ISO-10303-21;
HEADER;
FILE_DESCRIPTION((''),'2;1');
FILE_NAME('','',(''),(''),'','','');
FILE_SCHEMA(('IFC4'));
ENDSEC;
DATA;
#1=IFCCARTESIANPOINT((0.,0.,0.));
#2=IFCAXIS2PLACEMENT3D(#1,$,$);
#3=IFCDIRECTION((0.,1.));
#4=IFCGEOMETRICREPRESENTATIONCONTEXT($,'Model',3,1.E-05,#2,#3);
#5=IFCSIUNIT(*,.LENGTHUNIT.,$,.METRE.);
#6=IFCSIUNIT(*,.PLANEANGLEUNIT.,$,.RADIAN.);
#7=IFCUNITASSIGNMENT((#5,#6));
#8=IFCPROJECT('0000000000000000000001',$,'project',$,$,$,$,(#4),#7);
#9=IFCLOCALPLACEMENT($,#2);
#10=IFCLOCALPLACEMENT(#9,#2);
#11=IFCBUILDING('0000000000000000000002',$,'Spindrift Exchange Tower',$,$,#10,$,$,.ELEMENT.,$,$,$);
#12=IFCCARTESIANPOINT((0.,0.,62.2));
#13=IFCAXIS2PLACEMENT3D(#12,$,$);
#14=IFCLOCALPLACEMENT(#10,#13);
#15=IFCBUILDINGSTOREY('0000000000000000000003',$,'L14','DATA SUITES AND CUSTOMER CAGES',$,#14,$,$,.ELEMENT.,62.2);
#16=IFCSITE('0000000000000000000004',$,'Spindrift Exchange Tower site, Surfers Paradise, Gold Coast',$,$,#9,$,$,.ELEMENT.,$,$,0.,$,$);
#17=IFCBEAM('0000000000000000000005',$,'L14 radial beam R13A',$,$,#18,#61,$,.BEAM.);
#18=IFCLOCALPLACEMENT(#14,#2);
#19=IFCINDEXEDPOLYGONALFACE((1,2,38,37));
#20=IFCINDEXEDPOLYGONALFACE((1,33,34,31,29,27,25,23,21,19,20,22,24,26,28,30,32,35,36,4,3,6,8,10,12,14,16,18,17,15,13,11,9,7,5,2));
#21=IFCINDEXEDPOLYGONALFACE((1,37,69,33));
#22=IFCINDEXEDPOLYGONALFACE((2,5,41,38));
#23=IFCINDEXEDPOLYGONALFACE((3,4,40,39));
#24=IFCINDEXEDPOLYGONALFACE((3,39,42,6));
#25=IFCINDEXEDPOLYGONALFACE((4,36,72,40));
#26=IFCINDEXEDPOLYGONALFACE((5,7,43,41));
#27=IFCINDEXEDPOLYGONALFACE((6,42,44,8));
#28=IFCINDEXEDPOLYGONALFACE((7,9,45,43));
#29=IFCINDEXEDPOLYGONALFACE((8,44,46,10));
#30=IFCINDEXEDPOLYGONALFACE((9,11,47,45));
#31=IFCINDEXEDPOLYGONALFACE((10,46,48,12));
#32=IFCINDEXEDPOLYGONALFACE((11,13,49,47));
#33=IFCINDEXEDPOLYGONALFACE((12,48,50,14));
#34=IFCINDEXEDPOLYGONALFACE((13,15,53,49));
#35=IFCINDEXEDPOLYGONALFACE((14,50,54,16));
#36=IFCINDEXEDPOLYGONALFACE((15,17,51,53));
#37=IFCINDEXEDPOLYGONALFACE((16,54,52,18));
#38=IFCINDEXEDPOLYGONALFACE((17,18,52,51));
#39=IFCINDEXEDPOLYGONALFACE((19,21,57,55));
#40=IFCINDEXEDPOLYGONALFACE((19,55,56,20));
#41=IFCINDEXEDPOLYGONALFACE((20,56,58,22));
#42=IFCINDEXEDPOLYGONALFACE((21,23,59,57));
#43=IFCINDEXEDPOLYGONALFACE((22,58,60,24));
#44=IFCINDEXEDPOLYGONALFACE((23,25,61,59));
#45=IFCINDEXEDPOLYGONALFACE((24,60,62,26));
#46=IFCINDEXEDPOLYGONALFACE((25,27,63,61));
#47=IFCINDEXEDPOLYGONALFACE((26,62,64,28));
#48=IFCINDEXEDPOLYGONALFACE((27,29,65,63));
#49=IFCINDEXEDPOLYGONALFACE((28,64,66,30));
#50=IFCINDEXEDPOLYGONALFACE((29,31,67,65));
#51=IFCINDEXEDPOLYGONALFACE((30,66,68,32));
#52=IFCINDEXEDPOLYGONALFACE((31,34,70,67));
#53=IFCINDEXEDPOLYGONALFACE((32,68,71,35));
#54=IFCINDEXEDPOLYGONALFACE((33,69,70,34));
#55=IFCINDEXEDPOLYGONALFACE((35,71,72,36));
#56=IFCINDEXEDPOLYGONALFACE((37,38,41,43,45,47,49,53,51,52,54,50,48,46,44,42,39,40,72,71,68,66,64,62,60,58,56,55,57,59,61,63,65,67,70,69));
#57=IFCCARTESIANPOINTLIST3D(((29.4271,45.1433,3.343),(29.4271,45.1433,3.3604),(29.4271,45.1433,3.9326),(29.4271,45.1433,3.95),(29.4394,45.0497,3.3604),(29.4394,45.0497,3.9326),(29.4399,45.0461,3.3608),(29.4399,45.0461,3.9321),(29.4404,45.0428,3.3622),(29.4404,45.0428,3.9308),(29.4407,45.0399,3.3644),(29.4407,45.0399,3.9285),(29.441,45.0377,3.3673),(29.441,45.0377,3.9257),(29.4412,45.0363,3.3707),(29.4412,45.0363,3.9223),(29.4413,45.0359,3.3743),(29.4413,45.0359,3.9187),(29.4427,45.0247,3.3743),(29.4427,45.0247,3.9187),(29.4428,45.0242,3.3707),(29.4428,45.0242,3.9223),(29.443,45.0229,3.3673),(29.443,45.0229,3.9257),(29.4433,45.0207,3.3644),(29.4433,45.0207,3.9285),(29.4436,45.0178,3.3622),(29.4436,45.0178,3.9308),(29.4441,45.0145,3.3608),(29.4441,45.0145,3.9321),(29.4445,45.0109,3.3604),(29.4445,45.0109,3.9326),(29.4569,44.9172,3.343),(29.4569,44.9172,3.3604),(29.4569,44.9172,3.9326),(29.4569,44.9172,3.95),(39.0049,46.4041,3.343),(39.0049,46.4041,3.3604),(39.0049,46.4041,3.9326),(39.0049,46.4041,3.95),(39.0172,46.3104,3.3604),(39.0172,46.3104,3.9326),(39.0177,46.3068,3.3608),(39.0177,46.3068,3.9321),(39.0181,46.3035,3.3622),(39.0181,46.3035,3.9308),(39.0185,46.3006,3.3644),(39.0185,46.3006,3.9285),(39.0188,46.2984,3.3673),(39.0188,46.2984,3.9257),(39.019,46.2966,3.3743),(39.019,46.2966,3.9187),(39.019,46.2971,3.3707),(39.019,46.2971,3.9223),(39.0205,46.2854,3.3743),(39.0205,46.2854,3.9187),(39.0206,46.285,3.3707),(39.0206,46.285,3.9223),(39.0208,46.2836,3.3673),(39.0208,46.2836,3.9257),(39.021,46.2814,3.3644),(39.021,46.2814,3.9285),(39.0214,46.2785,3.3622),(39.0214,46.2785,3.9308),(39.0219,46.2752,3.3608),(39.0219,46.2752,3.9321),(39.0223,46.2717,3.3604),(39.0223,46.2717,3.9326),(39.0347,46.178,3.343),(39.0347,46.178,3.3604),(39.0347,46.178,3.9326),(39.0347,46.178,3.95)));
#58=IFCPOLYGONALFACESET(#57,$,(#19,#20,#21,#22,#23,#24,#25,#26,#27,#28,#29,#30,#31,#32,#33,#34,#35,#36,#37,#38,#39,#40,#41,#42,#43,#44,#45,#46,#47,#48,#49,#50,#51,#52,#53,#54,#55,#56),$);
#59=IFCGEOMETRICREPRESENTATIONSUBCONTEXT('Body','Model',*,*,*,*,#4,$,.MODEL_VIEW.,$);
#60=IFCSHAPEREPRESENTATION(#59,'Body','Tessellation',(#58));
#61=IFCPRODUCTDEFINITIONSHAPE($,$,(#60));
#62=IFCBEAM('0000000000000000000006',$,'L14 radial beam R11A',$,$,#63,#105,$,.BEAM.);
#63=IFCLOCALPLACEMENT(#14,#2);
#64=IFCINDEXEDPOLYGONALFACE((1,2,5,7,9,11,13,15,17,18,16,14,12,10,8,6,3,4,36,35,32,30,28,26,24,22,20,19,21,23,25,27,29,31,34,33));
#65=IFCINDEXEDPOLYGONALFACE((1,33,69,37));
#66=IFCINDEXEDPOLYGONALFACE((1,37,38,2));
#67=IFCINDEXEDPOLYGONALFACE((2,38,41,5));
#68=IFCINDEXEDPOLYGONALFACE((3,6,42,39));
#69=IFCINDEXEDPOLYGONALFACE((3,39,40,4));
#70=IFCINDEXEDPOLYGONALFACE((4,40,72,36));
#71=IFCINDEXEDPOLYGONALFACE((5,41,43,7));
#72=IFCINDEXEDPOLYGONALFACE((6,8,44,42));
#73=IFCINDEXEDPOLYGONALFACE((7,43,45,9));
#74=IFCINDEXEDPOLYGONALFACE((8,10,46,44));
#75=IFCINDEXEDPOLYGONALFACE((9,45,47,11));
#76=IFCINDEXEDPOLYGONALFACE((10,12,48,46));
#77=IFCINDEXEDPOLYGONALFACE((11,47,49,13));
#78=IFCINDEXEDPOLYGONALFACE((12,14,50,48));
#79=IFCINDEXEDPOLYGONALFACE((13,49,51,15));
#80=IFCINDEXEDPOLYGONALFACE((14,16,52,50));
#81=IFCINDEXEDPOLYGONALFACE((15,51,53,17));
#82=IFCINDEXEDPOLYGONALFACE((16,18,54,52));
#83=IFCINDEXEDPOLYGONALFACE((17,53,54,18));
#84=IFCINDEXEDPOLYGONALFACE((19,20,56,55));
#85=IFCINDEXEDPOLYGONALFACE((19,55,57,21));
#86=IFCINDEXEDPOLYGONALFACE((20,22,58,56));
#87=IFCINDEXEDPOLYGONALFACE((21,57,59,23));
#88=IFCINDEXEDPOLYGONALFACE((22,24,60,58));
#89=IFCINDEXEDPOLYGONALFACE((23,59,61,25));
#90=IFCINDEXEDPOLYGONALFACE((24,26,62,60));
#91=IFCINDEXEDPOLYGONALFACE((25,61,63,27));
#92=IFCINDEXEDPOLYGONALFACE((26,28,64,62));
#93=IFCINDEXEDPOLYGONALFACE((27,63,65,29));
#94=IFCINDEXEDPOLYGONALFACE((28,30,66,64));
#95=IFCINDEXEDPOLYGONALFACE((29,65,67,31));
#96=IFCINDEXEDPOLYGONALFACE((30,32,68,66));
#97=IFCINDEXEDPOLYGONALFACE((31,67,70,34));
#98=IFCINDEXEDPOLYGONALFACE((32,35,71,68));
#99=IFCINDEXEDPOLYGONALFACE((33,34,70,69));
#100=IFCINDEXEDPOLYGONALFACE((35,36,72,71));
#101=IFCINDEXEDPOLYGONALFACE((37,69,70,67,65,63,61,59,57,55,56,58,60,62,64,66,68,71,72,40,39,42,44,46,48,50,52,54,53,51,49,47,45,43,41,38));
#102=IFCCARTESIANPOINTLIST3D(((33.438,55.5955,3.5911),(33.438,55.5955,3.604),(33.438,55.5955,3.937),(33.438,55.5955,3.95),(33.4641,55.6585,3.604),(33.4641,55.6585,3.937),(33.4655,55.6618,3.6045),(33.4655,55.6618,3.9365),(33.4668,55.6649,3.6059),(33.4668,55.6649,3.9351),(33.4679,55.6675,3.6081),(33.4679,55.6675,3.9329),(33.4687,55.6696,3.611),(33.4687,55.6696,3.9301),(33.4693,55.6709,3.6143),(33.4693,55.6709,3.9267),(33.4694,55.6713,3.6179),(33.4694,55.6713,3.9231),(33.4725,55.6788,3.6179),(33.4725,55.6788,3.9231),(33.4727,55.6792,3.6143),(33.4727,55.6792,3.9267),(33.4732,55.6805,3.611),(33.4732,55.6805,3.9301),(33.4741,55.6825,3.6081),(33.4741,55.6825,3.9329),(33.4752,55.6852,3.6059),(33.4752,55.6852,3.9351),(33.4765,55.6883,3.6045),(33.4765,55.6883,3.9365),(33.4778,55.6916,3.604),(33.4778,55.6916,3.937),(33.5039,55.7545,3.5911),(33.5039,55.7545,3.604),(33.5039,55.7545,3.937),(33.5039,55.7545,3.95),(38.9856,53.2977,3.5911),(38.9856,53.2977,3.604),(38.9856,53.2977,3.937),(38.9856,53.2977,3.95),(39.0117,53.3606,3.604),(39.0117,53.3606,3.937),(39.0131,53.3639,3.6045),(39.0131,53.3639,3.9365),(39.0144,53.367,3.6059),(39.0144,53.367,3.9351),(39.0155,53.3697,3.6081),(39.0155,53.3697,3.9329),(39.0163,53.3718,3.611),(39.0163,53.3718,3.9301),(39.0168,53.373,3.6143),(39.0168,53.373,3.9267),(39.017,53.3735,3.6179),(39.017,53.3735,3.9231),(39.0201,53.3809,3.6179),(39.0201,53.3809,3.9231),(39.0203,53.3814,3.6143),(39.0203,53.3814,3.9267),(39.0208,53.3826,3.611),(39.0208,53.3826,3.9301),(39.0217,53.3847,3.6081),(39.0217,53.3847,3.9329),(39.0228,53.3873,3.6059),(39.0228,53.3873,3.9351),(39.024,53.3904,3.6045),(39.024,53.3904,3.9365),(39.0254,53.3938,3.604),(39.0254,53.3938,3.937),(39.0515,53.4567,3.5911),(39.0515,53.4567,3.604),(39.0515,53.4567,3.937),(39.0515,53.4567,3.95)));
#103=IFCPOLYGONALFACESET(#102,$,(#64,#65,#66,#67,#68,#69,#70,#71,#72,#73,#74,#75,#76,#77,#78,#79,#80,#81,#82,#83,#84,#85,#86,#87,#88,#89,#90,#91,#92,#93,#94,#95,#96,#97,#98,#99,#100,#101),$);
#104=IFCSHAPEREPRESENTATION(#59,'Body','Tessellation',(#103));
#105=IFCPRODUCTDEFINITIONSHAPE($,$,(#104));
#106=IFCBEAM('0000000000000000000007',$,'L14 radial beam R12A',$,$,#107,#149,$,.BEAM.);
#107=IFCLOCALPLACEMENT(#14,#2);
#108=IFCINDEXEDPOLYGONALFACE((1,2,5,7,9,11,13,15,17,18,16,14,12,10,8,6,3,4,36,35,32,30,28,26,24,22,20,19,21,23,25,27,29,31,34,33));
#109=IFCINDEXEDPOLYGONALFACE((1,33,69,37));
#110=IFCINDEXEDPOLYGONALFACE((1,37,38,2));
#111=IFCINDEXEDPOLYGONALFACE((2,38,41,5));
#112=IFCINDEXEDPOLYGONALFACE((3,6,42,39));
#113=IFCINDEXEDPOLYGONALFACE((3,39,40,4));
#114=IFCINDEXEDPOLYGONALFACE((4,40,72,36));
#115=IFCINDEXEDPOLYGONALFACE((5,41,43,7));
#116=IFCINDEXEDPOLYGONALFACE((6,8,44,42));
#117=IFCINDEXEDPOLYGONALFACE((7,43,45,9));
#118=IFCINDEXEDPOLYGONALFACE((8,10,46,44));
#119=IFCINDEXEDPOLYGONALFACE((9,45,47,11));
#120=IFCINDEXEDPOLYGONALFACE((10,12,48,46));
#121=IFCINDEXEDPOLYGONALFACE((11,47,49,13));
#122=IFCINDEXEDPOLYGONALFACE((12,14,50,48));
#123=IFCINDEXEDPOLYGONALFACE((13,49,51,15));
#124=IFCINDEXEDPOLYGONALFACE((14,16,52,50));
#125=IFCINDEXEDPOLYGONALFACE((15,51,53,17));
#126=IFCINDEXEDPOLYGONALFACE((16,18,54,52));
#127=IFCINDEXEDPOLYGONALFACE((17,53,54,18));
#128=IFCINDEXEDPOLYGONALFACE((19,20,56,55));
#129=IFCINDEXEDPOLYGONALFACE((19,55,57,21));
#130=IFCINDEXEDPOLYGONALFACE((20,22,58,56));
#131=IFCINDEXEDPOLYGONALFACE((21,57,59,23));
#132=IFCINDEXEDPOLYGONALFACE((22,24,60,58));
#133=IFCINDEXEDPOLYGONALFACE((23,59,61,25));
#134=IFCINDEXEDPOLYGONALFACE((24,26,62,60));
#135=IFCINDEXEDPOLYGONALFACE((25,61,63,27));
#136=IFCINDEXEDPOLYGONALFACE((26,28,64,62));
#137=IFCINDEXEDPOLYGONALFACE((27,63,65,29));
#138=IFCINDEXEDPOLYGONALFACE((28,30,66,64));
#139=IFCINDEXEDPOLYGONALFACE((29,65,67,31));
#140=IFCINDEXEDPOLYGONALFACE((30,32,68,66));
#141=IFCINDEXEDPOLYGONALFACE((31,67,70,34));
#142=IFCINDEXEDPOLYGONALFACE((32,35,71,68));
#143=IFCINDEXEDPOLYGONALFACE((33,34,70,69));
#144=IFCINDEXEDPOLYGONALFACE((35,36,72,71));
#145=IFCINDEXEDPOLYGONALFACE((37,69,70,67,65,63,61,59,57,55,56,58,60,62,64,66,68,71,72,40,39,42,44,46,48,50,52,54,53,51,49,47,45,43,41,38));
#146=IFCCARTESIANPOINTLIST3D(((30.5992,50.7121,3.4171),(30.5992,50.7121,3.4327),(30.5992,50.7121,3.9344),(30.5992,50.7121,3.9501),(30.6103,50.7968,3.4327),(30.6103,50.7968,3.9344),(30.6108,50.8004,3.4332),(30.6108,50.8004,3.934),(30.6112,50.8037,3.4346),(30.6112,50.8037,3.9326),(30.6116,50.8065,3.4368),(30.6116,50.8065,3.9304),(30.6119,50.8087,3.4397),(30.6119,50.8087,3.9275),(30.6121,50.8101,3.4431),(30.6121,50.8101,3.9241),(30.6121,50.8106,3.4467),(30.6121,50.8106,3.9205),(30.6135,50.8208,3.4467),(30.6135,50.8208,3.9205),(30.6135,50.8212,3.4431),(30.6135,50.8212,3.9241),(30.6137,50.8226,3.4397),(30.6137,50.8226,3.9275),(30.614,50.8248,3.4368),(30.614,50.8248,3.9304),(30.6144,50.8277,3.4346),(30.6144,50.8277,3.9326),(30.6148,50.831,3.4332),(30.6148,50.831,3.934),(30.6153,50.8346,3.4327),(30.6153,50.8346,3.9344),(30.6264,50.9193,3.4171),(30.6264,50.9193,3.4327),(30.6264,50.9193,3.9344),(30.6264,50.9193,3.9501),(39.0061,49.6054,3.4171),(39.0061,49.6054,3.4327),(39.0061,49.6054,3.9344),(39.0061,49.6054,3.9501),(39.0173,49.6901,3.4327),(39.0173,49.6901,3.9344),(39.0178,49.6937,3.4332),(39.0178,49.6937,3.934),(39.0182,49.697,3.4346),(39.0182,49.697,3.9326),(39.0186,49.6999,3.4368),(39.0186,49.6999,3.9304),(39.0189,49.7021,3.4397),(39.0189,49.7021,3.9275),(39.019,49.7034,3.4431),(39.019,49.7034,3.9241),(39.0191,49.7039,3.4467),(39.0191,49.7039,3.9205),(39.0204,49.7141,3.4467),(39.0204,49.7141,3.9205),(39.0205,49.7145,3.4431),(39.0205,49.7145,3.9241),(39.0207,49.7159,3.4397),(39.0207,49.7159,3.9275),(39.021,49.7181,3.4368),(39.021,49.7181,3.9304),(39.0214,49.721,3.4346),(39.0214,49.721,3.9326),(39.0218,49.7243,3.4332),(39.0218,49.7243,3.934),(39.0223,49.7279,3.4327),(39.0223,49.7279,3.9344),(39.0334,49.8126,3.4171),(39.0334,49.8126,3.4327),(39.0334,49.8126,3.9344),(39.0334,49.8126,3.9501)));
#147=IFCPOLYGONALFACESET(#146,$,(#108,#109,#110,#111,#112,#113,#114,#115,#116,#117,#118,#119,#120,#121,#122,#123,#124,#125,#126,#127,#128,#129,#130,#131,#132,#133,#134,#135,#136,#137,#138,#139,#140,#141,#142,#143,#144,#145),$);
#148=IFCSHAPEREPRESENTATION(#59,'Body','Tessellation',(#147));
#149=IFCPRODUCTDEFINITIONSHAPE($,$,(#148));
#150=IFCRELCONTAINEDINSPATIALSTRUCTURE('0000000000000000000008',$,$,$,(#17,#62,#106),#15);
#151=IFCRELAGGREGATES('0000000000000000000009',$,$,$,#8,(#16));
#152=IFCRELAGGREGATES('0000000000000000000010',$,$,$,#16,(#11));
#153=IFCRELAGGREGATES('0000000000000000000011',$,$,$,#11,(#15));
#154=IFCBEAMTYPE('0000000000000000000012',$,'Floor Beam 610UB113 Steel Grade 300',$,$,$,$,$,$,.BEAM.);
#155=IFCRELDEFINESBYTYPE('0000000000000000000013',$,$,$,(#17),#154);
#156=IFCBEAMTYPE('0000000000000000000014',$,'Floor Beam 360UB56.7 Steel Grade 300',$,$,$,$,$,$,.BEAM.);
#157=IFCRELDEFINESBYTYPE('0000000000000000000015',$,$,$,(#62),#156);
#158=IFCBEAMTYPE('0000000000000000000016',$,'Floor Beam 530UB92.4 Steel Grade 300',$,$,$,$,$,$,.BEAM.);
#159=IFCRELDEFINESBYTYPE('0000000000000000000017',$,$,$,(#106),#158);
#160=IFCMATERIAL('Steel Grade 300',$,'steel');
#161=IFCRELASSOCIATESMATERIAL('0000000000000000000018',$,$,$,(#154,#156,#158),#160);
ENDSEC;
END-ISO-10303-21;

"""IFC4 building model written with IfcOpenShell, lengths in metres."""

from ifc_helpers import new_model, si_unit, direction, frame, origin, origin_2d, place, context, subcontext, project, spatial, i_section, extrude, source, transform, mapped, material, material_profile, profile_set, type_object, element, save


model = new_model("IFC4")

# Units and contexts
model_context = context("Model", 3, precision=1e-05, world=origin(), true_north=direction((0.0, 1.0)))
body_context = subcontext(model_context, "Body", "Model", "MODEL_VIEW")
ifc_project = project(units=[si_unit("LENGTHUNIT", "METRE"), si_unit("PLANEANGLEUNIT", "RADIAN")], contexts=[model_context])

# Site, building, storey
site_placement = place(None, origin())
site = spatial("IfcSite", under=ifc_project, at=site_placement, Name="Spindrift Exchange Tower site, Surfers Paradise, Gold Coast", CompositionType="ELEMENT", RefElevation=0.0)
building_placement = place(site_placement, origin())
building = spatial("IfcBuilding", under=site, at=building_placement, Name="Spindrift Exchange Tower", CompositionType="ELEMENT")
storey_placement = place(building_placement, frame((0.0, 0.0, 62.2)))
storey = spatial("IfcBuildingStorey", under=building, at=storey_placement, Name="L14", Description="DATA SUITES AND CUSTOMER CAGES", CompositionType="ELEMENT", Elevation=62.2)

# Beams
ifc_material_1 = material(Name="Steel Grade 300", Category="steel")
ifc_material_profile_1 = material_profile(ifc_material_1, i_section(OverallWidth=0.228, OverallDepth=0.6069, WebThickness=0.0112, FlangeThickness=0.0173, FilletRadius=0.0139, at=origin_2d()), Name="610UB113")
ifc_profile_set_1 = profile_set([ifc_material_profile_1], Name="Steel Grade 300")
beam_type_1 = type_object("IfcBeamType", Name="Floor Beam 610UB113 Steel Grade 300", PredefinedType="BEAM", material=ifc_profile_set_1)
shared_shape_1 = source(origin(), body_context, "Body", "SweptSolid", [
    extrude(i_section(OverallWidth=0.228, OverallDepth=0.6069, WebThickness=0.0112, FlangeThickness=0.0173, FilletRadius=0.0139, at=origin_2d()), origin(), (0.0, 0.0, 1.0), 9.6604),
])
beam_1_placement = place(storey_placement, frame((39.0198, 46.291, 3.6465), z_axis=(-0.991448, -0.130505, 0.0), x_axis=(0.130505, -0.991448, 0.0)))
element("IfcBeam", 1, at=beam_1_placement, inside=storey, type_object=beam_type_1, Name="L14 radial beam R13A", PredefinedType="BEAM", context=body_context, shape_type="MappedRepresentation", body=[
    mapped(shared_shape_1, transform((0.0, 0.0, 0.0), scale=1.0)),
])
ifc_material_profile_2 = material_profile(ifc_material_1, i_section(OverallWidth=0.1721, OverallDepth=0.3589, WebThickness=0.0081, FlangeThickness=0.0129, FilletRadius=0.0139, at=origin_2d()), Name="360UB56.7")
ifc_profile_set_2 = profile_set([ifc_material_profile_2], Name="Steel Grade 300")
beam_type_2 = type_object("IfcBeamType", Name="Floor Beam 360UB56.7 Steel Grade 300", PredefinedType="BEAM", material=ifc_profile_set_2)
shared_shape_2 = source(origin(), body_context, "Body", "SweptSolid", [
    extrude(i_section(OverallWidth=0.1721, OverallDepth=0.3589, WebThickness=0.0081, FlangeThickness=0.0129, FilletRadius=0.0139, at=origin_2d()), origin(), (0.0, 0.0, 1.0), 6.0046),
])
beam_2_placement = place(storey_placement, frame((39.0186, 53.3772, 3.7705), z_axis=(-0.923882, 0.382677, 0.0), x_axis=(-0.382677, -0.923882, 0.0)))
element("IfcBeam", 2, at=beam_2_placement, inside=storey, type_object=beam_type_2, Name="L14 radial beam R11A", PredefinedType="BEAM", context=body_context, shape_type="MappedRepresentation", body=[
    mapped(shared_shape_2, transform((0.0, 0.0, 0.0), scale=1.0)),
])
ifc_material_profile_3 = material_profile(ifc_material_1, i_section(OverallWidth=0.209, OverallDepth=0.533, WebThickness=0.0103, FlangeThickness=0.0156, FilletRadius=0.0139, at=origin_2d()), Name="530UB92.4")
ifc_profile_set_3 = profile_set([ifc_material_profile_3], Name="Steel Grade 300")
beam_type_3 = type_object("IfcBeamType", Name="Floor Beam 530UB92.4 Steel Grade 300", PredefinedType="BEAM", material=ifc_profile_set_3)
shared_shape_3 = source(origin(), body_context, "Body", "SweptSolid", [
    extrude(i_section(OverallWidth=0.209, OverallDepth=0.533, WebThickness=0.0103, FlangeThickness=0.0156, FilletRadius=0.0139, at=origin_2d()), origin(), (0.0, 0.0, 1.0), 8.4795),
])
beam_3_placement = place(storey_placement, frame((39.0198, 49.709, 3.6836), z_axis=(-0.991447, 0.130513, 0.0), x_axis=(-0.130513, -0.991447, 0.0)))
element("IfcBeam", 3, at=beam_3_placement, inside=storey, type_object=beam_type_3, Name="L14 radial beam R12A", PredefinedType="BEAM", context=body_context, shape_type="MappedRepresentation", body=[
    mapped(shared_shape_3, transform((0.0, 0.0, 0.0), scale=1.0)),
])

save(model, "model.ifc")
